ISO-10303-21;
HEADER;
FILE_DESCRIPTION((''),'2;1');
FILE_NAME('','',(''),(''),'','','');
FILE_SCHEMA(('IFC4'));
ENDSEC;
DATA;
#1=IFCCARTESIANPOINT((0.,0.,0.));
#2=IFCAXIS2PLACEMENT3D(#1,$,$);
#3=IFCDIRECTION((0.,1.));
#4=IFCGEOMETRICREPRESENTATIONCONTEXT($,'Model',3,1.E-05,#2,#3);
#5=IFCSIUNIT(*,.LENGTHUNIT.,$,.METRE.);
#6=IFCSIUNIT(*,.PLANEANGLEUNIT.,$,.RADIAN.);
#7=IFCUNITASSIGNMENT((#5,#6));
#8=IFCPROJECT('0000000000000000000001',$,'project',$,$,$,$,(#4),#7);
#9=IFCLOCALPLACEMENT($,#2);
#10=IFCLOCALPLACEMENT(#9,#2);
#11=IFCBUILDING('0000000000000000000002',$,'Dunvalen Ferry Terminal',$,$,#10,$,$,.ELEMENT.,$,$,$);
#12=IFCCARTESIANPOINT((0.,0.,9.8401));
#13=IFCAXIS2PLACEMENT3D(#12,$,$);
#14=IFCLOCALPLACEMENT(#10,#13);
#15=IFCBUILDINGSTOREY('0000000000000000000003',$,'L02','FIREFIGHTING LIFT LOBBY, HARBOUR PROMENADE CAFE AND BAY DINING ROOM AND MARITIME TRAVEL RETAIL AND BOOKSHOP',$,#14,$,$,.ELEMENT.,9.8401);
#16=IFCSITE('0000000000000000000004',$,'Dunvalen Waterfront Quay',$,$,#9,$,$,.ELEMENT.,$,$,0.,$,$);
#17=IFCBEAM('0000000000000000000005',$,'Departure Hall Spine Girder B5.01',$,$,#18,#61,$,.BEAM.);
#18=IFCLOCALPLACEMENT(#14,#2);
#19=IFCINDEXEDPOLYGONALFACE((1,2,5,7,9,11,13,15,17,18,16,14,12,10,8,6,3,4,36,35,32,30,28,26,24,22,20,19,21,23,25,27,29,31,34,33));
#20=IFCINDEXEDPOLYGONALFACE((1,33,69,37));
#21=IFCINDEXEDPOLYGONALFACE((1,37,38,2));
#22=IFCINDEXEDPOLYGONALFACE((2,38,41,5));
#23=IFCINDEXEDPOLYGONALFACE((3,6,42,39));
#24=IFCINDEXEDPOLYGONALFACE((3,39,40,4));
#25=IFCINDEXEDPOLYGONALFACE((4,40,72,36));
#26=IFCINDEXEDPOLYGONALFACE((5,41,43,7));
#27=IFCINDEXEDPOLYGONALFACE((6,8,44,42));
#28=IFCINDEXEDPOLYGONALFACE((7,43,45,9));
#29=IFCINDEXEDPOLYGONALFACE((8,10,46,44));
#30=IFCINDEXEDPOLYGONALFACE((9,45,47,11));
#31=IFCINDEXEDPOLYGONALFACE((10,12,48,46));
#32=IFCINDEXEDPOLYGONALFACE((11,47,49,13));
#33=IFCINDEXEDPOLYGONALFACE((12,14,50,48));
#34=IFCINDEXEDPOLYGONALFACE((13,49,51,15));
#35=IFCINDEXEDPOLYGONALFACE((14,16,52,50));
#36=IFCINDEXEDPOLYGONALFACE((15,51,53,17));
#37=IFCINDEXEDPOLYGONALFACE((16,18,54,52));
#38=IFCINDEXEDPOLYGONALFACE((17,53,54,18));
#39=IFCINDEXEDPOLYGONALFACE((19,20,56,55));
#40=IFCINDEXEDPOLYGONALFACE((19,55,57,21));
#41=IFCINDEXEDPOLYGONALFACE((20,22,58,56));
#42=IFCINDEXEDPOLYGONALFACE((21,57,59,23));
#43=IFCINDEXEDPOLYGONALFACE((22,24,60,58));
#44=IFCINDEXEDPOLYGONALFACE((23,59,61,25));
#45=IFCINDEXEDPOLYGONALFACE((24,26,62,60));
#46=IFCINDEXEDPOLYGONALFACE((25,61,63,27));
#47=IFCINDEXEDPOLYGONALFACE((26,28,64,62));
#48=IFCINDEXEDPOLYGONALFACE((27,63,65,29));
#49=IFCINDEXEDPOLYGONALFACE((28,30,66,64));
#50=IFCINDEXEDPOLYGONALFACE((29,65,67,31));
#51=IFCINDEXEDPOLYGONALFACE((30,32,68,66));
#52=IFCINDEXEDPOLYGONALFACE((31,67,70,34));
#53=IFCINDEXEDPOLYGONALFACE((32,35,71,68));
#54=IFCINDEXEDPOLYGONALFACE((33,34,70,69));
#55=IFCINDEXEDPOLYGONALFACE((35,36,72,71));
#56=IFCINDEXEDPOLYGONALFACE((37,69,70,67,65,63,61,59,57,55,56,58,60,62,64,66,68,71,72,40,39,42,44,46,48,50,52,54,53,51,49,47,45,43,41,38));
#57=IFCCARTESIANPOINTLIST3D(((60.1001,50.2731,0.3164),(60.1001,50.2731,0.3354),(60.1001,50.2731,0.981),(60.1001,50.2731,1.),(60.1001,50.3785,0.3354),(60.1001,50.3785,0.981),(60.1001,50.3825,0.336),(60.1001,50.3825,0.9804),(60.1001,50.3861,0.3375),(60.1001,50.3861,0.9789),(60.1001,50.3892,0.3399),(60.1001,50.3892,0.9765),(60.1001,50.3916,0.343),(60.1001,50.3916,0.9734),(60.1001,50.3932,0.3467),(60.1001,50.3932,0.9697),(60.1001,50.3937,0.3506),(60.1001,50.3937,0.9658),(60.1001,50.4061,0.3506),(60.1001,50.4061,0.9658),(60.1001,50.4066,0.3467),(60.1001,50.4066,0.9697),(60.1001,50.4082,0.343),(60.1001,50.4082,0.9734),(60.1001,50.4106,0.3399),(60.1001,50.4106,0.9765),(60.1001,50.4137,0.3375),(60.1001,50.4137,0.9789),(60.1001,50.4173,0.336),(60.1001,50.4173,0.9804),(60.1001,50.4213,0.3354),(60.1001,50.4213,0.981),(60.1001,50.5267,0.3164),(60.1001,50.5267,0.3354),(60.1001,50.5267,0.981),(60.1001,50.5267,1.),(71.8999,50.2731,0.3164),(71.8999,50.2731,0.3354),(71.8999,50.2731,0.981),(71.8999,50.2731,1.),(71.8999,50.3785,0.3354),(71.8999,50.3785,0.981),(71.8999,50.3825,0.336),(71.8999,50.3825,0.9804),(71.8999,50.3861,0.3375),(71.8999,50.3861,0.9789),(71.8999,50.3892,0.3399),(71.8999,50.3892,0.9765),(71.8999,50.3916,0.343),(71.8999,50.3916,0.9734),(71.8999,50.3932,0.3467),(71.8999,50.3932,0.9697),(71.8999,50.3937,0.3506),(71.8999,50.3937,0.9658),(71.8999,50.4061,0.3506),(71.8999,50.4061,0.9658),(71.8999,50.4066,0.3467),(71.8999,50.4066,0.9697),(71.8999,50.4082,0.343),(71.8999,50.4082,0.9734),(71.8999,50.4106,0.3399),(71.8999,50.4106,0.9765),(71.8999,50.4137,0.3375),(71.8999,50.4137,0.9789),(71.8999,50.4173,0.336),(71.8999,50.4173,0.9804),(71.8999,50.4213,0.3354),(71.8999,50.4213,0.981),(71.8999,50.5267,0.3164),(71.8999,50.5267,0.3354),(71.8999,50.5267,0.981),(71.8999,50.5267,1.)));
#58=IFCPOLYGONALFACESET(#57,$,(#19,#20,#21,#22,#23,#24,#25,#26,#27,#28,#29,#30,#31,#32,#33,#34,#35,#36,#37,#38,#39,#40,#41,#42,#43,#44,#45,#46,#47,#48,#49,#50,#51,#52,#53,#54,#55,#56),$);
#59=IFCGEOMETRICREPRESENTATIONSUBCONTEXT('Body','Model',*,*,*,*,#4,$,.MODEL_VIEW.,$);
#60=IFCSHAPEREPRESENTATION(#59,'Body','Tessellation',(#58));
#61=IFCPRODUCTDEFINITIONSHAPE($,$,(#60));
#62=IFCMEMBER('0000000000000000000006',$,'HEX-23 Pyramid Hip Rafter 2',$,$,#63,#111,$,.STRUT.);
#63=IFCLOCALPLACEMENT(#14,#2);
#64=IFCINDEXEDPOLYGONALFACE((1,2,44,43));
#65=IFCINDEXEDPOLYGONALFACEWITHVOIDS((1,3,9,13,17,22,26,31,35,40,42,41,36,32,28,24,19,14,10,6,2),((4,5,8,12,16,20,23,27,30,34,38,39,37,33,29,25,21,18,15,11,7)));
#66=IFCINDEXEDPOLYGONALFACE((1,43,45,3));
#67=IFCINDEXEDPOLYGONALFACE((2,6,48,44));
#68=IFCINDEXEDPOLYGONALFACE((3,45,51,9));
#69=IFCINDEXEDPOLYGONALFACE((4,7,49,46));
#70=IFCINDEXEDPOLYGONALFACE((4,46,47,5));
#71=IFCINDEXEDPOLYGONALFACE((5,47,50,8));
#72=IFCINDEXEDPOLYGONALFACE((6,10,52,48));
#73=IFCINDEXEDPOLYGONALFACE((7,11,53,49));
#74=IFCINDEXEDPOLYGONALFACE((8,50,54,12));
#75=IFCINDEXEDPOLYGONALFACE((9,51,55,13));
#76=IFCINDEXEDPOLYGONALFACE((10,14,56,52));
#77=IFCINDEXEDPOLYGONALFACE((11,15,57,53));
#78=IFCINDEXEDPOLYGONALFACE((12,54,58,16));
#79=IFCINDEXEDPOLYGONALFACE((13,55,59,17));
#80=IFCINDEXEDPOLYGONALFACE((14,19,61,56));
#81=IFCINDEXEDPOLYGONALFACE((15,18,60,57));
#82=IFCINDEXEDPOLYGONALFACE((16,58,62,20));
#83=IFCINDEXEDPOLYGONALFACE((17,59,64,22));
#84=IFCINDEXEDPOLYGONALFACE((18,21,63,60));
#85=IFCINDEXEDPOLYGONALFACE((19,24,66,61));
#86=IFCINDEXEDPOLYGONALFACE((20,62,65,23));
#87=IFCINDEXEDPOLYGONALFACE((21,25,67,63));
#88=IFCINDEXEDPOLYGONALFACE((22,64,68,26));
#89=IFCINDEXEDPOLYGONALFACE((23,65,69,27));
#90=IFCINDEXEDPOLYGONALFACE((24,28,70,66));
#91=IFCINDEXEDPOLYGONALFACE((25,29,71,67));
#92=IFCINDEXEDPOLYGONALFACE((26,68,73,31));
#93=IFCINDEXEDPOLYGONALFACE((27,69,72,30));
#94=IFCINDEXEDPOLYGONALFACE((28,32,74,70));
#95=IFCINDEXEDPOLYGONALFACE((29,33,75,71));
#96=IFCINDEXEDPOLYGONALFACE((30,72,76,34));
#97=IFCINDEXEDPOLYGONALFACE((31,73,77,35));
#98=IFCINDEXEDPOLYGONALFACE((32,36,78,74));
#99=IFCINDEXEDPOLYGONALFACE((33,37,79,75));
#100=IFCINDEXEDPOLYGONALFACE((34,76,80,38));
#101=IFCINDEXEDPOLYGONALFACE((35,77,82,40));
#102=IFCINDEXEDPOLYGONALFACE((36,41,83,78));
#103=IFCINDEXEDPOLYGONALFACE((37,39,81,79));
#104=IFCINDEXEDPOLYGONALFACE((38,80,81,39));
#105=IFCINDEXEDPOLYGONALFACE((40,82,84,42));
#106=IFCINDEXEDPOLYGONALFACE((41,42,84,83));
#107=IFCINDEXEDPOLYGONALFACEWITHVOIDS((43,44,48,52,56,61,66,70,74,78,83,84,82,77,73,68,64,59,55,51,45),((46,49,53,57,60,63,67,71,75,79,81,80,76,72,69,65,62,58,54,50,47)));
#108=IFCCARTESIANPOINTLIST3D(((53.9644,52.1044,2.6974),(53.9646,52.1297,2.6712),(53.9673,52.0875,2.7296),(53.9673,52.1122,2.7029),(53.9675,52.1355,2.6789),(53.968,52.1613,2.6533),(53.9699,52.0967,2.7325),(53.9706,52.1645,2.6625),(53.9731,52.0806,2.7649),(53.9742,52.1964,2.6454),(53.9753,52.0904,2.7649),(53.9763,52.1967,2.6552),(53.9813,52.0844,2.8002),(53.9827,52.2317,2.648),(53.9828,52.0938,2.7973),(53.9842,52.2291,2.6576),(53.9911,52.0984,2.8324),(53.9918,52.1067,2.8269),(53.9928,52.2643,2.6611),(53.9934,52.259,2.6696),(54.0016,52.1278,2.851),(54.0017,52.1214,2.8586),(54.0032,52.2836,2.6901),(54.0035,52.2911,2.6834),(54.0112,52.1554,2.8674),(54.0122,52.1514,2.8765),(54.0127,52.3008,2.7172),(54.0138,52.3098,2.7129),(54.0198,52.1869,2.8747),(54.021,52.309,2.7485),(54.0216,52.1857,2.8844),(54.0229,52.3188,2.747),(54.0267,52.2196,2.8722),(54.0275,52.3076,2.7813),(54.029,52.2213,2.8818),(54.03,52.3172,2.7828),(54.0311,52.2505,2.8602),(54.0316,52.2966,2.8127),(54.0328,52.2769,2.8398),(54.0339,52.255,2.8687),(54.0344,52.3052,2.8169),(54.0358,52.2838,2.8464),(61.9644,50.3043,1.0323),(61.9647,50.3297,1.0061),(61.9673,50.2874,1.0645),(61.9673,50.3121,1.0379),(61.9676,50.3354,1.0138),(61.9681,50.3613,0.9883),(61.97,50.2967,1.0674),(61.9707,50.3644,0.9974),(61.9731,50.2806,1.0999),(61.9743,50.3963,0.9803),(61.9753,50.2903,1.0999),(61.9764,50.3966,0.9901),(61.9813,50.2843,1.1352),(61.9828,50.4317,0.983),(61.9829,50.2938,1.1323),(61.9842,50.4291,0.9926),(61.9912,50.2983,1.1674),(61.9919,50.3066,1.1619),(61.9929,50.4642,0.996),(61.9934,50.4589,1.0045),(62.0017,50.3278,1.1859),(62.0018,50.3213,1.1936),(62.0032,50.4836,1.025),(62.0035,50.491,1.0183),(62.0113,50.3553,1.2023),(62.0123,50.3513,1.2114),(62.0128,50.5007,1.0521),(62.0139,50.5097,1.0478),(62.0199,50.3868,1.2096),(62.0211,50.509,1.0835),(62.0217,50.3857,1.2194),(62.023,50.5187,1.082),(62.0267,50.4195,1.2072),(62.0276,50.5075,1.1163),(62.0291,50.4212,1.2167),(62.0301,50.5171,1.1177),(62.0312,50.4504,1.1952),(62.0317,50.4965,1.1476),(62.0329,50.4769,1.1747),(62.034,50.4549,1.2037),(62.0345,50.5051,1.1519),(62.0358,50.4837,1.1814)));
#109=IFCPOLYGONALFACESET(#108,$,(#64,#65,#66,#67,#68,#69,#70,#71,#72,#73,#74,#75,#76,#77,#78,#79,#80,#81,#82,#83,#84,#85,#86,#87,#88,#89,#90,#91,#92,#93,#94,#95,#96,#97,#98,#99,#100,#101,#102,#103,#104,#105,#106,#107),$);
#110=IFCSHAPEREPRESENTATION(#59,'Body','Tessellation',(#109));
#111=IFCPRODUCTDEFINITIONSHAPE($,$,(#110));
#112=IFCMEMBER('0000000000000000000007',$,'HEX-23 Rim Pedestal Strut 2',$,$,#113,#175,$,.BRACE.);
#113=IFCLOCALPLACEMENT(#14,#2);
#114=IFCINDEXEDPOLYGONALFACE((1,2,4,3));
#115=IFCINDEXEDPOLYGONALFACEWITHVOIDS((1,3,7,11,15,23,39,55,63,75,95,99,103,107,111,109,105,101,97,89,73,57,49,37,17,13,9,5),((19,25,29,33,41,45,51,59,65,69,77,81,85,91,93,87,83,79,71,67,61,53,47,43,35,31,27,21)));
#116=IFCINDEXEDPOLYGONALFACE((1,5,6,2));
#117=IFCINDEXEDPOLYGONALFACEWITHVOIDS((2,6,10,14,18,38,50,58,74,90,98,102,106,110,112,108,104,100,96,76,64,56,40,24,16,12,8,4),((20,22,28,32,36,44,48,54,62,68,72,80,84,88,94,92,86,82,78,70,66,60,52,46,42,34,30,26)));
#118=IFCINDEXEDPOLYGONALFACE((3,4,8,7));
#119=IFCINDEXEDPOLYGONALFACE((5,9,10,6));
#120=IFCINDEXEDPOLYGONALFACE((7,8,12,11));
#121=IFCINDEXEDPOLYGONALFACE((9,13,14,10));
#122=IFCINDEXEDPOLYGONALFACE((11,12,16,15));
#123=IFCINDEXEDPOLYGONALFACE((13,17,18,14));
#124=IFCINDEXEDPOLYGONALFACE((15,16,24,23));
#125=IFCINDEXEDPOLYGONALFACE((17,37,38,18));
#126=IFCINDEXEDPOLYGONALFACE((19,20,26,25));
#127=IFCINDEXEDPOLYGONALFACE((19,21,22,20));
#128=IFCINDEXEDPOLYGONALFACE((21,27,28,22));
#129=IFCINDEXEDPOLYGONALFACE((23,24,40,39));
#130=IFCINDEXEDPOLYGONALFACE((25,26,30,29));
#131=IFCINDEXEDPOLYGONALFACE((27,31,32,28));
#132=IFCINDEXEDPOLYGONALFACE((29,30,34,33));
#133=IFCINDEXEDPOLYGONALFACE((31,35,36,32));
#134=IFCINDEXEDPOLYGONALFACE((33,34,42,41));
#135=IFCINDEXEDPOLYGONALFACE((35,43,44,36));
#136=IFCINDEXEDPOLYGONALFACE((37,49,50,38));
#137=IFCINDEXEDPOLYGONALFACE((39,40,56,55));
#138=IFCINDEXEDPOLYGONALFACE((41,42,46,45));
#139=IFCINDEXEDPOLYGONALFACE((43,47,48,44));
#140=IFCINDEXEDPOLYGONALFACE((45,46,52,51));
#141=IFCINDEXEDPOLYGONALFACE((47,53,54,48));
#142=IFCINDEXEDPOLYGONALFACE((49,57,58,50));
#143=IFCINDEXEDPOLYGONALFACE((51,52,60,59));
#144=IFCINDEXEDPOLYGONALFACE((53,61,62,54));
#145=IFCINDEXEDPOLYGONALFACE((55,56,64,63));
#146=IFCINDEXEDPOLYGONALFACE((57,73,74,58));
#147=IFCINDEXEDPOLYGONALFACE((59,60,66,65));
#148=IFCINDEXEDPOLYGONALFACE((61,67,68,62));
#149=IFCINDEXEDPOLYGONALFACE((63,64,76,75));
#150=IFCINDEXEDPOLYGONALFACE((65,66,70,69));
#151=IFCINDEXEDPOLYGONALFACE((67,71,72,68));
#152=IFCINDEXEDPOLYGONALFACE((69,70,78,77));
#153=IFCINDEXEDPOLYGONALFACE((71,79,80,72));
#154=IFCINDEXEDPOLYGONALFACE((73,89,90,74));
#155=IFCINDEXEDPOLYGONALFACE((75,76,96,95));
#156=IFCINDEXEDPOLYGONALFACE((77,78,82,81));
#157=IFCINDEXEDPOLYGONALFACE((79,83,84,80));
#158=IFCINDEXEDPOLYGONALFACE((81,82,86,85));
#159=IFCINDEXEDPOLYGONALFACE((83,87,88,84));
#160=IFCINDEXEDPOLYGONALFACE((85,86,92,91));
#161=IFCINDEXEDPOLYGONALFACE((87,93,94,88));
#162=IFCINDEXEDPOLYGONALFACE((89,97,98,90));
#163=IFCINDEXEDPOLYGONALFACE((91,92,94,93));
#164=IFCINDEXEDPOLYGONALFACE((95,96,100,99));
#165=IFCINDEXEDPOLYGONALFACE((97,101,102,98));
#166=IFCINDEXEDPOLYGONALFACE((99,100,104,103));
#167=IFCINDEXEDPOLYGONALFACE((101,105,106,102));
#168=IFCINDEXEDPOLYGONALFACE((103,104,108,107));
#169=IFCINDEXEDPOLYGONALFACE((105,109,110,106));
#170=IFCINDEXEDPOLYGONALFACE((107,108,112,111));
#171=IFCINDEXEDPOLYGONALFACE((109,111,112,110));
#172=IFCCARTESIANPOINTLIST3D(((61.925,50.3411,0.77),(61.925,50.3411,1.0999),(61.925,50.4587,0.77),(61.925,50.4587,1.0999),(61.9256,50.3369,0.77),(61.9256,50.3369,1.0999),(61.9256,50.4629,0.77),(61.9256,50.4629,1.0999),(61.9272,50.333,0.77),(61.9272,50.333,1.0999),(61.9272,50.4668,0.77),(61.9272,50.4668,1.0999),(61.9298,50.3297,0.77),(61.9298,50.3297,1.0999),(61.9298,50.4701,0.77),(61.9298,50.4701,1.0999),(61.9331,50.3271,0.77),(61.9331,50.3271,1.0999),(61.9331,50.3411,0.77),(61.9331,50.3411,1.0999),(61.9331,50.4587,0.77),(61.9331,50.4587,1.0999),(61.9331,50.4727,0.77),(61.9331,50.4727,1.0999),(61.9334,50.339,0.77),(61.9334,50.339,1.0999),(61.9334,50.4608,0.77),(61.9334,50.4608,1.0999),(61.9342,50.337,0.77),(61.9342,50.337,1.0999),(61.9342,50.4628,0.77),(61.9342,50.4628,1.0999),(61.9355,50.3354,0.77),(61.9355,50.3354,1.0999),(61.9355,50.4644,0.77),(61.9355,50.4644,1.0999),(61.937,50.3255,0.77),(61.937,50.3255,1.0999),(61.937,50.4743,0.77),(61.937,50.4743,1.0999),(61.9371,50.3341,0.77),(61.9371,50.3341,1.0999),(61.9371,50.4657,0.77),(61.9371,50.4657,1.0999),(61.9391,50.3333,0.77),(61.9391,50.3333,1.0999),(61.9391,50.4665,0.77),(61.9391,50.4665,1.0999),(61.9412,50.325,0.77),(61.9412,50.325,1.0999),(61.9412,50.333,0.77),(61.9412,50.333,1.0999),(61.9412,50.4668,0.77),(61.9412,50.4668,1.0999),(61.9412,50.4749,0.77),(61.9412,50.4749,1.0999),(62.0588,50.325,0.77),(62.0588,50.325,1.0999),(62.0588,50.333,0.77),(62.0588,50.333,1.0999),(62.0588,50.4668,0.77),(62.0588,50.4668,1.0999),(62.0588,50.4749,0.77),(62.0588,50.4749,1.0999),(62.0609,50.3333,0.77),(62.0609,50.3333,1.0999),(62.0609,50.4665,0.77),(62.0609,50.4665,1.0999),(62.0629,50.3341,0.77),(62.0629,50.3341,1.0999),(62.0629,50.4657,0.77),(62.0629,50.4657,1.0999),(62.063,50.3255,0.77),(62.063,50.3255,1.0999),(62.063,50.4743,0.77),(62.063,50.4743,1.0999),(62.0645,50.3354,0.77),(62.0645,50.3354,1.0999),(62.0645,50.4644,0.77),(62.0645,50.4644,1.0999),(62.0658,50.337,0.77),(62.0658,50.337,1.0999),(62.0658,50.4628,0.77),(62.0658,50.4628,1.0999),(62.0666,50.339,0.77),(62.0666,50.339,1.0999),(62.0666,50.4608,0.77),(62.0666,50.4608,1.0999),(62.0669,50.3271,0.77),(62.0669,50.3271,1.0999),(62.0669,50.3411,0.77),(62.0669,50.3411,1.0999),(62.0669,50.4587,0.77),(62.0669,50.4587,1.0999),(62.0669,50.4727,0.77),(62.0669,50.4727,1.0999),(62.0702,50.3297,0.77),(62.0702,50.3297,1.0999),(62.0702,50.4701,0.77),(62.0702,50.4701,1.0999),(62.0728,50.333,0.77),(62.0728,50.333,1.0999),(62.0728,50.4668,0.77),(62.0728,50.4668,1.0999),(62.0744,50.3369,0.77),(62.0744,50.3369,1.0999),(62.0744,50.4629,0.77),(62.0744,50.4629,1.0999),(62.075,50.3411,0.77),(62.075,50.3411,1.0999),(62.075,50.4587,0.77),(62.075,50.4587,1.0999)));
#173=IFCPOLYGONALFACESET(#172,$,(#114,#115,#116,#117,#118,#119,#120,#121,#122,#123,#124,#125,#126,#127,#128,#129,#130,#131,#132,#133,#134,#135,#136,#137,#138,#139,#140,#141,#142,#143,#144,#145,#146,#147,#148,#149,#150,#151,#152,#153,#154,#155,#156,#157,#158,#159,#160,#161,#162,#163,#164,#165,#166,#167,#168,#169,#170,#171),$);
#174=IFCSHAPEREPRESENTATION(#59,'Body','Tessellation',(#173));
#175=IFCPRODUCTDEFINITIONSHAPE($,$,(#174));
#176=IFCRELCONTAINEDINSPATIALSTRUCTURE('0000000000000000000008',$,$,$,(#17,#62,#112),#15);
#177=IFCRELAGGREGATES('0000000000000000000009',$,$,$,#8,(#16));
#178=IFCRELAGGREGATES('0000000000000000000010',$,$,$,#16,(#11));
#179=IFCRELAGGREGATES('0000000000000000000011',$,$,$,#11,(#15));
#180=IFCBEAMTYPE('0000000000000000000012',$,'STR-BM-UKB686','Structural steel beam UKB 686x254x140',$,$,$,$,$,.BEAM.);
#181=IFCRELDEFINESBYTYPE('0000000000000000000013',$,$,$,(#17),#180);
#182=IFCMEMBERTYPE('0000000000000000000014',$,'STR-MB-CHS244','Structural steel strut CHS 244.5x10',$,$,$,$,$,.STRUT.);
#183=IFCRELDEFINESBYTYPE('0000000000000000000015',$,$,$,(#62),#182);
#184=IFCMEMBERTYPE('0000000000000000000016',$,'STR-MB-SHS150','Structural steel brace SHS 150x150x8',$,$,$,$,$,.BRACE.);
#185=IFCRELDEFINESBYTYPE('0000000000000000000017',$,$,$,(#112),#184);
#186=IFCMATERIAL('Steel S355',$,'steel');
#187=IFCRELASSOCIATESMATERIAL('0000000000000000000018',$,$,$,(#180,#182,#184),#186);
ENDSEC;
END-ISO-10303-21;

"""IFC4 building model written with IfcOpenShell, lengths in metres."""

from ifc_helpers import new_model, si_unit, direction, frame, origin, origin_2d, place, context, subcontext, project, spatial, hollow_rectangle, hollow_circle, i_section, extrude, material, material_profile, profile_set, type_object, element, save


model = new_model("IFC4")

# Units and contexts
model_context = context("Model", 3, precision=1e-05, world=origin(), true_north=direction((0.0, 1.0)))
body_context = subcontext(model_context, "Body", "Model", "MODEL_VIEW")
ifc_project = project(units=[si_unit("LENGTHUNIT", "METRE"), si_unit("PLANEANGLEUNIT", "RADIAN")], contexts=[model_context])

# Site, building, storey
site_placement = place(None, origin())
site = spatial("IfcSite", under=ifc_project, at=site_placement, Name="Dunvalen Waterfront Quay", CompositionType="ELEMENT", RefElevation=0.0)
building_placement = place(site_placement, origin())
building = spatial("IfcBuilding", under=site, at=building_placement, Name="Dunvalen Ferry Terminal", CompositionType="ELEMENT")
storey_placement = place(building_placement, frame((0.0, 0.0, 9.8401)))
storey = spatial("IfcBuildingStorey", under=building, at=storey_placement, Name="L02", Description="FIREFIGHTING LIFT LOBBY, HARBOUR PROMENADE CAFE AND BAY DINING ROOM AND MARITIME TRAVEL RETAIL AND BOOKSHOP", CompositionType="ELEMENT", Elevation=9.8401)

# Beam
ifc_material_1 = material(Name="Steel S355", Category="steel")
ifc_material_profile_1 = material_profile(ifc_material_1, i_section(OverallWidth=0.2537, OverallDepth=0.6836, WebThickness=0.0125, FlangeThickness=0.019, FilletRadius=0.0151, at=origin_2d()), Name="Steel S355")
ifc_profile_set_1 = profile_set([ifc_material_profile_1], Name="Steel S355")
beam_type_1 = type_object("IfcBeamType", Name="STR-BM-UKB686", Description="Structural steel beam UKB 686x254x140", PredefinedType="BEAM", material=ifc_profile_set_1)
beam_1_placement = place(storey_placement, frame((60.1001, 50.3999, 0.6582), z_axis=(1.0, 0.0, 0.0), x_axis=(0.0, 1.0, 0.0)))
element("IfcBeam", 1, at=beam_1_placement, inside=storey, type_object=beam_type_1, Name="Departure Hall Spine Girder B5.01", PredefinedType="BEAM", context=body_context, shape_type="SweptSolid", body=[
    extrude(i_section(OverallWidth=0.2537, OverallDepth=0.6836, WebThickness=0.0125, FlangeThickness=0.019, FilletRadius=0.0151, at=origin_2d()), origin(), (0.0, 0.0, 1.0), 11.7998),
])

# Members
ifc_material_profile_2 = material_profile(ifc_material_1, hollow_circle(Radius=0.1223, WallThickness=0.01, at=origin_2d()), Name="Steel S355")
ifc_profile_set_2 = profile_set([ifc_material_profile_2], Name="Steel S355")
member_type_1 = type_object("IfcMemberType", Name="STR-MB-CHS244", Description="Structural steel strut CHS 244.5x10", PredefinedType="STRUT", material=ifc_profile_set_2)
member_1_placement = place(storey_placement, frame((62.0, 50.3999, 1.0999), z_axis=(-0.956097, 0.215128, 0.198992), x_axis=(-0.219518, -0.975608, 0.0)))
element("IfcMember", 2, at=member_1_placement, inside=storey, type_object=member_type_1, Name="HEX-23 Pyramid Hip Rafter 2", PredefinedType="STRUT", context=body_context, shape_type="SweptSolid", body=[
    extrude(hollow_circle(Radius=0.1223, WallThickness=0.01, at=origin_2d()), origin(), (0.0, 0.0, 1.0), 8.3674),
])
ifc_material_profile_3 = material_profile(ifc_material_1, hollow_rectangle(XDim=0.1499, YDim=0.1499, WallThickness=0.0081, InnerFilletRadius=0.0081, OuterFilletRadius=0.0161, at=origin_2d()), Name="Steel S355")
ifc_profile_set_3 = profile_set([ifc_material_profile_3], Name="Steel S355")
member_type_2 = type_object("IfcMemberType", Name="STR-MB-SHS150", Description="Structural steel brace SHS 150x150x8", PredefinedType="BRACE", material=ifc_profile_set_3)
member_2_placement = place(storey_placement, frame((62.0, 50.3999, 0.77), z_axis=(0.0, 0.0, 1.0), x_axis=(1.0, 0.0, 0.0)))
element("IfcMember", 3, at=member_2_placement, inside=storey, type_object=member_type_2, Name="HEX-23 Rim Pedestal Strut 2", PredefinedType="BRACE", context=body_context, shape_type="SweptSolid", body=[
    extrude(hollow_rectangle(XDim=0.1499, YDim=0.1499, WallThickness=0.0081, InnerFilletRadius=0.0081, OuterFilletRadius=0.0161, at=origin_2d()), origin(), (0.0, 0.0, 1.0), 0.3298),
])

save(model, "model.ifc")
